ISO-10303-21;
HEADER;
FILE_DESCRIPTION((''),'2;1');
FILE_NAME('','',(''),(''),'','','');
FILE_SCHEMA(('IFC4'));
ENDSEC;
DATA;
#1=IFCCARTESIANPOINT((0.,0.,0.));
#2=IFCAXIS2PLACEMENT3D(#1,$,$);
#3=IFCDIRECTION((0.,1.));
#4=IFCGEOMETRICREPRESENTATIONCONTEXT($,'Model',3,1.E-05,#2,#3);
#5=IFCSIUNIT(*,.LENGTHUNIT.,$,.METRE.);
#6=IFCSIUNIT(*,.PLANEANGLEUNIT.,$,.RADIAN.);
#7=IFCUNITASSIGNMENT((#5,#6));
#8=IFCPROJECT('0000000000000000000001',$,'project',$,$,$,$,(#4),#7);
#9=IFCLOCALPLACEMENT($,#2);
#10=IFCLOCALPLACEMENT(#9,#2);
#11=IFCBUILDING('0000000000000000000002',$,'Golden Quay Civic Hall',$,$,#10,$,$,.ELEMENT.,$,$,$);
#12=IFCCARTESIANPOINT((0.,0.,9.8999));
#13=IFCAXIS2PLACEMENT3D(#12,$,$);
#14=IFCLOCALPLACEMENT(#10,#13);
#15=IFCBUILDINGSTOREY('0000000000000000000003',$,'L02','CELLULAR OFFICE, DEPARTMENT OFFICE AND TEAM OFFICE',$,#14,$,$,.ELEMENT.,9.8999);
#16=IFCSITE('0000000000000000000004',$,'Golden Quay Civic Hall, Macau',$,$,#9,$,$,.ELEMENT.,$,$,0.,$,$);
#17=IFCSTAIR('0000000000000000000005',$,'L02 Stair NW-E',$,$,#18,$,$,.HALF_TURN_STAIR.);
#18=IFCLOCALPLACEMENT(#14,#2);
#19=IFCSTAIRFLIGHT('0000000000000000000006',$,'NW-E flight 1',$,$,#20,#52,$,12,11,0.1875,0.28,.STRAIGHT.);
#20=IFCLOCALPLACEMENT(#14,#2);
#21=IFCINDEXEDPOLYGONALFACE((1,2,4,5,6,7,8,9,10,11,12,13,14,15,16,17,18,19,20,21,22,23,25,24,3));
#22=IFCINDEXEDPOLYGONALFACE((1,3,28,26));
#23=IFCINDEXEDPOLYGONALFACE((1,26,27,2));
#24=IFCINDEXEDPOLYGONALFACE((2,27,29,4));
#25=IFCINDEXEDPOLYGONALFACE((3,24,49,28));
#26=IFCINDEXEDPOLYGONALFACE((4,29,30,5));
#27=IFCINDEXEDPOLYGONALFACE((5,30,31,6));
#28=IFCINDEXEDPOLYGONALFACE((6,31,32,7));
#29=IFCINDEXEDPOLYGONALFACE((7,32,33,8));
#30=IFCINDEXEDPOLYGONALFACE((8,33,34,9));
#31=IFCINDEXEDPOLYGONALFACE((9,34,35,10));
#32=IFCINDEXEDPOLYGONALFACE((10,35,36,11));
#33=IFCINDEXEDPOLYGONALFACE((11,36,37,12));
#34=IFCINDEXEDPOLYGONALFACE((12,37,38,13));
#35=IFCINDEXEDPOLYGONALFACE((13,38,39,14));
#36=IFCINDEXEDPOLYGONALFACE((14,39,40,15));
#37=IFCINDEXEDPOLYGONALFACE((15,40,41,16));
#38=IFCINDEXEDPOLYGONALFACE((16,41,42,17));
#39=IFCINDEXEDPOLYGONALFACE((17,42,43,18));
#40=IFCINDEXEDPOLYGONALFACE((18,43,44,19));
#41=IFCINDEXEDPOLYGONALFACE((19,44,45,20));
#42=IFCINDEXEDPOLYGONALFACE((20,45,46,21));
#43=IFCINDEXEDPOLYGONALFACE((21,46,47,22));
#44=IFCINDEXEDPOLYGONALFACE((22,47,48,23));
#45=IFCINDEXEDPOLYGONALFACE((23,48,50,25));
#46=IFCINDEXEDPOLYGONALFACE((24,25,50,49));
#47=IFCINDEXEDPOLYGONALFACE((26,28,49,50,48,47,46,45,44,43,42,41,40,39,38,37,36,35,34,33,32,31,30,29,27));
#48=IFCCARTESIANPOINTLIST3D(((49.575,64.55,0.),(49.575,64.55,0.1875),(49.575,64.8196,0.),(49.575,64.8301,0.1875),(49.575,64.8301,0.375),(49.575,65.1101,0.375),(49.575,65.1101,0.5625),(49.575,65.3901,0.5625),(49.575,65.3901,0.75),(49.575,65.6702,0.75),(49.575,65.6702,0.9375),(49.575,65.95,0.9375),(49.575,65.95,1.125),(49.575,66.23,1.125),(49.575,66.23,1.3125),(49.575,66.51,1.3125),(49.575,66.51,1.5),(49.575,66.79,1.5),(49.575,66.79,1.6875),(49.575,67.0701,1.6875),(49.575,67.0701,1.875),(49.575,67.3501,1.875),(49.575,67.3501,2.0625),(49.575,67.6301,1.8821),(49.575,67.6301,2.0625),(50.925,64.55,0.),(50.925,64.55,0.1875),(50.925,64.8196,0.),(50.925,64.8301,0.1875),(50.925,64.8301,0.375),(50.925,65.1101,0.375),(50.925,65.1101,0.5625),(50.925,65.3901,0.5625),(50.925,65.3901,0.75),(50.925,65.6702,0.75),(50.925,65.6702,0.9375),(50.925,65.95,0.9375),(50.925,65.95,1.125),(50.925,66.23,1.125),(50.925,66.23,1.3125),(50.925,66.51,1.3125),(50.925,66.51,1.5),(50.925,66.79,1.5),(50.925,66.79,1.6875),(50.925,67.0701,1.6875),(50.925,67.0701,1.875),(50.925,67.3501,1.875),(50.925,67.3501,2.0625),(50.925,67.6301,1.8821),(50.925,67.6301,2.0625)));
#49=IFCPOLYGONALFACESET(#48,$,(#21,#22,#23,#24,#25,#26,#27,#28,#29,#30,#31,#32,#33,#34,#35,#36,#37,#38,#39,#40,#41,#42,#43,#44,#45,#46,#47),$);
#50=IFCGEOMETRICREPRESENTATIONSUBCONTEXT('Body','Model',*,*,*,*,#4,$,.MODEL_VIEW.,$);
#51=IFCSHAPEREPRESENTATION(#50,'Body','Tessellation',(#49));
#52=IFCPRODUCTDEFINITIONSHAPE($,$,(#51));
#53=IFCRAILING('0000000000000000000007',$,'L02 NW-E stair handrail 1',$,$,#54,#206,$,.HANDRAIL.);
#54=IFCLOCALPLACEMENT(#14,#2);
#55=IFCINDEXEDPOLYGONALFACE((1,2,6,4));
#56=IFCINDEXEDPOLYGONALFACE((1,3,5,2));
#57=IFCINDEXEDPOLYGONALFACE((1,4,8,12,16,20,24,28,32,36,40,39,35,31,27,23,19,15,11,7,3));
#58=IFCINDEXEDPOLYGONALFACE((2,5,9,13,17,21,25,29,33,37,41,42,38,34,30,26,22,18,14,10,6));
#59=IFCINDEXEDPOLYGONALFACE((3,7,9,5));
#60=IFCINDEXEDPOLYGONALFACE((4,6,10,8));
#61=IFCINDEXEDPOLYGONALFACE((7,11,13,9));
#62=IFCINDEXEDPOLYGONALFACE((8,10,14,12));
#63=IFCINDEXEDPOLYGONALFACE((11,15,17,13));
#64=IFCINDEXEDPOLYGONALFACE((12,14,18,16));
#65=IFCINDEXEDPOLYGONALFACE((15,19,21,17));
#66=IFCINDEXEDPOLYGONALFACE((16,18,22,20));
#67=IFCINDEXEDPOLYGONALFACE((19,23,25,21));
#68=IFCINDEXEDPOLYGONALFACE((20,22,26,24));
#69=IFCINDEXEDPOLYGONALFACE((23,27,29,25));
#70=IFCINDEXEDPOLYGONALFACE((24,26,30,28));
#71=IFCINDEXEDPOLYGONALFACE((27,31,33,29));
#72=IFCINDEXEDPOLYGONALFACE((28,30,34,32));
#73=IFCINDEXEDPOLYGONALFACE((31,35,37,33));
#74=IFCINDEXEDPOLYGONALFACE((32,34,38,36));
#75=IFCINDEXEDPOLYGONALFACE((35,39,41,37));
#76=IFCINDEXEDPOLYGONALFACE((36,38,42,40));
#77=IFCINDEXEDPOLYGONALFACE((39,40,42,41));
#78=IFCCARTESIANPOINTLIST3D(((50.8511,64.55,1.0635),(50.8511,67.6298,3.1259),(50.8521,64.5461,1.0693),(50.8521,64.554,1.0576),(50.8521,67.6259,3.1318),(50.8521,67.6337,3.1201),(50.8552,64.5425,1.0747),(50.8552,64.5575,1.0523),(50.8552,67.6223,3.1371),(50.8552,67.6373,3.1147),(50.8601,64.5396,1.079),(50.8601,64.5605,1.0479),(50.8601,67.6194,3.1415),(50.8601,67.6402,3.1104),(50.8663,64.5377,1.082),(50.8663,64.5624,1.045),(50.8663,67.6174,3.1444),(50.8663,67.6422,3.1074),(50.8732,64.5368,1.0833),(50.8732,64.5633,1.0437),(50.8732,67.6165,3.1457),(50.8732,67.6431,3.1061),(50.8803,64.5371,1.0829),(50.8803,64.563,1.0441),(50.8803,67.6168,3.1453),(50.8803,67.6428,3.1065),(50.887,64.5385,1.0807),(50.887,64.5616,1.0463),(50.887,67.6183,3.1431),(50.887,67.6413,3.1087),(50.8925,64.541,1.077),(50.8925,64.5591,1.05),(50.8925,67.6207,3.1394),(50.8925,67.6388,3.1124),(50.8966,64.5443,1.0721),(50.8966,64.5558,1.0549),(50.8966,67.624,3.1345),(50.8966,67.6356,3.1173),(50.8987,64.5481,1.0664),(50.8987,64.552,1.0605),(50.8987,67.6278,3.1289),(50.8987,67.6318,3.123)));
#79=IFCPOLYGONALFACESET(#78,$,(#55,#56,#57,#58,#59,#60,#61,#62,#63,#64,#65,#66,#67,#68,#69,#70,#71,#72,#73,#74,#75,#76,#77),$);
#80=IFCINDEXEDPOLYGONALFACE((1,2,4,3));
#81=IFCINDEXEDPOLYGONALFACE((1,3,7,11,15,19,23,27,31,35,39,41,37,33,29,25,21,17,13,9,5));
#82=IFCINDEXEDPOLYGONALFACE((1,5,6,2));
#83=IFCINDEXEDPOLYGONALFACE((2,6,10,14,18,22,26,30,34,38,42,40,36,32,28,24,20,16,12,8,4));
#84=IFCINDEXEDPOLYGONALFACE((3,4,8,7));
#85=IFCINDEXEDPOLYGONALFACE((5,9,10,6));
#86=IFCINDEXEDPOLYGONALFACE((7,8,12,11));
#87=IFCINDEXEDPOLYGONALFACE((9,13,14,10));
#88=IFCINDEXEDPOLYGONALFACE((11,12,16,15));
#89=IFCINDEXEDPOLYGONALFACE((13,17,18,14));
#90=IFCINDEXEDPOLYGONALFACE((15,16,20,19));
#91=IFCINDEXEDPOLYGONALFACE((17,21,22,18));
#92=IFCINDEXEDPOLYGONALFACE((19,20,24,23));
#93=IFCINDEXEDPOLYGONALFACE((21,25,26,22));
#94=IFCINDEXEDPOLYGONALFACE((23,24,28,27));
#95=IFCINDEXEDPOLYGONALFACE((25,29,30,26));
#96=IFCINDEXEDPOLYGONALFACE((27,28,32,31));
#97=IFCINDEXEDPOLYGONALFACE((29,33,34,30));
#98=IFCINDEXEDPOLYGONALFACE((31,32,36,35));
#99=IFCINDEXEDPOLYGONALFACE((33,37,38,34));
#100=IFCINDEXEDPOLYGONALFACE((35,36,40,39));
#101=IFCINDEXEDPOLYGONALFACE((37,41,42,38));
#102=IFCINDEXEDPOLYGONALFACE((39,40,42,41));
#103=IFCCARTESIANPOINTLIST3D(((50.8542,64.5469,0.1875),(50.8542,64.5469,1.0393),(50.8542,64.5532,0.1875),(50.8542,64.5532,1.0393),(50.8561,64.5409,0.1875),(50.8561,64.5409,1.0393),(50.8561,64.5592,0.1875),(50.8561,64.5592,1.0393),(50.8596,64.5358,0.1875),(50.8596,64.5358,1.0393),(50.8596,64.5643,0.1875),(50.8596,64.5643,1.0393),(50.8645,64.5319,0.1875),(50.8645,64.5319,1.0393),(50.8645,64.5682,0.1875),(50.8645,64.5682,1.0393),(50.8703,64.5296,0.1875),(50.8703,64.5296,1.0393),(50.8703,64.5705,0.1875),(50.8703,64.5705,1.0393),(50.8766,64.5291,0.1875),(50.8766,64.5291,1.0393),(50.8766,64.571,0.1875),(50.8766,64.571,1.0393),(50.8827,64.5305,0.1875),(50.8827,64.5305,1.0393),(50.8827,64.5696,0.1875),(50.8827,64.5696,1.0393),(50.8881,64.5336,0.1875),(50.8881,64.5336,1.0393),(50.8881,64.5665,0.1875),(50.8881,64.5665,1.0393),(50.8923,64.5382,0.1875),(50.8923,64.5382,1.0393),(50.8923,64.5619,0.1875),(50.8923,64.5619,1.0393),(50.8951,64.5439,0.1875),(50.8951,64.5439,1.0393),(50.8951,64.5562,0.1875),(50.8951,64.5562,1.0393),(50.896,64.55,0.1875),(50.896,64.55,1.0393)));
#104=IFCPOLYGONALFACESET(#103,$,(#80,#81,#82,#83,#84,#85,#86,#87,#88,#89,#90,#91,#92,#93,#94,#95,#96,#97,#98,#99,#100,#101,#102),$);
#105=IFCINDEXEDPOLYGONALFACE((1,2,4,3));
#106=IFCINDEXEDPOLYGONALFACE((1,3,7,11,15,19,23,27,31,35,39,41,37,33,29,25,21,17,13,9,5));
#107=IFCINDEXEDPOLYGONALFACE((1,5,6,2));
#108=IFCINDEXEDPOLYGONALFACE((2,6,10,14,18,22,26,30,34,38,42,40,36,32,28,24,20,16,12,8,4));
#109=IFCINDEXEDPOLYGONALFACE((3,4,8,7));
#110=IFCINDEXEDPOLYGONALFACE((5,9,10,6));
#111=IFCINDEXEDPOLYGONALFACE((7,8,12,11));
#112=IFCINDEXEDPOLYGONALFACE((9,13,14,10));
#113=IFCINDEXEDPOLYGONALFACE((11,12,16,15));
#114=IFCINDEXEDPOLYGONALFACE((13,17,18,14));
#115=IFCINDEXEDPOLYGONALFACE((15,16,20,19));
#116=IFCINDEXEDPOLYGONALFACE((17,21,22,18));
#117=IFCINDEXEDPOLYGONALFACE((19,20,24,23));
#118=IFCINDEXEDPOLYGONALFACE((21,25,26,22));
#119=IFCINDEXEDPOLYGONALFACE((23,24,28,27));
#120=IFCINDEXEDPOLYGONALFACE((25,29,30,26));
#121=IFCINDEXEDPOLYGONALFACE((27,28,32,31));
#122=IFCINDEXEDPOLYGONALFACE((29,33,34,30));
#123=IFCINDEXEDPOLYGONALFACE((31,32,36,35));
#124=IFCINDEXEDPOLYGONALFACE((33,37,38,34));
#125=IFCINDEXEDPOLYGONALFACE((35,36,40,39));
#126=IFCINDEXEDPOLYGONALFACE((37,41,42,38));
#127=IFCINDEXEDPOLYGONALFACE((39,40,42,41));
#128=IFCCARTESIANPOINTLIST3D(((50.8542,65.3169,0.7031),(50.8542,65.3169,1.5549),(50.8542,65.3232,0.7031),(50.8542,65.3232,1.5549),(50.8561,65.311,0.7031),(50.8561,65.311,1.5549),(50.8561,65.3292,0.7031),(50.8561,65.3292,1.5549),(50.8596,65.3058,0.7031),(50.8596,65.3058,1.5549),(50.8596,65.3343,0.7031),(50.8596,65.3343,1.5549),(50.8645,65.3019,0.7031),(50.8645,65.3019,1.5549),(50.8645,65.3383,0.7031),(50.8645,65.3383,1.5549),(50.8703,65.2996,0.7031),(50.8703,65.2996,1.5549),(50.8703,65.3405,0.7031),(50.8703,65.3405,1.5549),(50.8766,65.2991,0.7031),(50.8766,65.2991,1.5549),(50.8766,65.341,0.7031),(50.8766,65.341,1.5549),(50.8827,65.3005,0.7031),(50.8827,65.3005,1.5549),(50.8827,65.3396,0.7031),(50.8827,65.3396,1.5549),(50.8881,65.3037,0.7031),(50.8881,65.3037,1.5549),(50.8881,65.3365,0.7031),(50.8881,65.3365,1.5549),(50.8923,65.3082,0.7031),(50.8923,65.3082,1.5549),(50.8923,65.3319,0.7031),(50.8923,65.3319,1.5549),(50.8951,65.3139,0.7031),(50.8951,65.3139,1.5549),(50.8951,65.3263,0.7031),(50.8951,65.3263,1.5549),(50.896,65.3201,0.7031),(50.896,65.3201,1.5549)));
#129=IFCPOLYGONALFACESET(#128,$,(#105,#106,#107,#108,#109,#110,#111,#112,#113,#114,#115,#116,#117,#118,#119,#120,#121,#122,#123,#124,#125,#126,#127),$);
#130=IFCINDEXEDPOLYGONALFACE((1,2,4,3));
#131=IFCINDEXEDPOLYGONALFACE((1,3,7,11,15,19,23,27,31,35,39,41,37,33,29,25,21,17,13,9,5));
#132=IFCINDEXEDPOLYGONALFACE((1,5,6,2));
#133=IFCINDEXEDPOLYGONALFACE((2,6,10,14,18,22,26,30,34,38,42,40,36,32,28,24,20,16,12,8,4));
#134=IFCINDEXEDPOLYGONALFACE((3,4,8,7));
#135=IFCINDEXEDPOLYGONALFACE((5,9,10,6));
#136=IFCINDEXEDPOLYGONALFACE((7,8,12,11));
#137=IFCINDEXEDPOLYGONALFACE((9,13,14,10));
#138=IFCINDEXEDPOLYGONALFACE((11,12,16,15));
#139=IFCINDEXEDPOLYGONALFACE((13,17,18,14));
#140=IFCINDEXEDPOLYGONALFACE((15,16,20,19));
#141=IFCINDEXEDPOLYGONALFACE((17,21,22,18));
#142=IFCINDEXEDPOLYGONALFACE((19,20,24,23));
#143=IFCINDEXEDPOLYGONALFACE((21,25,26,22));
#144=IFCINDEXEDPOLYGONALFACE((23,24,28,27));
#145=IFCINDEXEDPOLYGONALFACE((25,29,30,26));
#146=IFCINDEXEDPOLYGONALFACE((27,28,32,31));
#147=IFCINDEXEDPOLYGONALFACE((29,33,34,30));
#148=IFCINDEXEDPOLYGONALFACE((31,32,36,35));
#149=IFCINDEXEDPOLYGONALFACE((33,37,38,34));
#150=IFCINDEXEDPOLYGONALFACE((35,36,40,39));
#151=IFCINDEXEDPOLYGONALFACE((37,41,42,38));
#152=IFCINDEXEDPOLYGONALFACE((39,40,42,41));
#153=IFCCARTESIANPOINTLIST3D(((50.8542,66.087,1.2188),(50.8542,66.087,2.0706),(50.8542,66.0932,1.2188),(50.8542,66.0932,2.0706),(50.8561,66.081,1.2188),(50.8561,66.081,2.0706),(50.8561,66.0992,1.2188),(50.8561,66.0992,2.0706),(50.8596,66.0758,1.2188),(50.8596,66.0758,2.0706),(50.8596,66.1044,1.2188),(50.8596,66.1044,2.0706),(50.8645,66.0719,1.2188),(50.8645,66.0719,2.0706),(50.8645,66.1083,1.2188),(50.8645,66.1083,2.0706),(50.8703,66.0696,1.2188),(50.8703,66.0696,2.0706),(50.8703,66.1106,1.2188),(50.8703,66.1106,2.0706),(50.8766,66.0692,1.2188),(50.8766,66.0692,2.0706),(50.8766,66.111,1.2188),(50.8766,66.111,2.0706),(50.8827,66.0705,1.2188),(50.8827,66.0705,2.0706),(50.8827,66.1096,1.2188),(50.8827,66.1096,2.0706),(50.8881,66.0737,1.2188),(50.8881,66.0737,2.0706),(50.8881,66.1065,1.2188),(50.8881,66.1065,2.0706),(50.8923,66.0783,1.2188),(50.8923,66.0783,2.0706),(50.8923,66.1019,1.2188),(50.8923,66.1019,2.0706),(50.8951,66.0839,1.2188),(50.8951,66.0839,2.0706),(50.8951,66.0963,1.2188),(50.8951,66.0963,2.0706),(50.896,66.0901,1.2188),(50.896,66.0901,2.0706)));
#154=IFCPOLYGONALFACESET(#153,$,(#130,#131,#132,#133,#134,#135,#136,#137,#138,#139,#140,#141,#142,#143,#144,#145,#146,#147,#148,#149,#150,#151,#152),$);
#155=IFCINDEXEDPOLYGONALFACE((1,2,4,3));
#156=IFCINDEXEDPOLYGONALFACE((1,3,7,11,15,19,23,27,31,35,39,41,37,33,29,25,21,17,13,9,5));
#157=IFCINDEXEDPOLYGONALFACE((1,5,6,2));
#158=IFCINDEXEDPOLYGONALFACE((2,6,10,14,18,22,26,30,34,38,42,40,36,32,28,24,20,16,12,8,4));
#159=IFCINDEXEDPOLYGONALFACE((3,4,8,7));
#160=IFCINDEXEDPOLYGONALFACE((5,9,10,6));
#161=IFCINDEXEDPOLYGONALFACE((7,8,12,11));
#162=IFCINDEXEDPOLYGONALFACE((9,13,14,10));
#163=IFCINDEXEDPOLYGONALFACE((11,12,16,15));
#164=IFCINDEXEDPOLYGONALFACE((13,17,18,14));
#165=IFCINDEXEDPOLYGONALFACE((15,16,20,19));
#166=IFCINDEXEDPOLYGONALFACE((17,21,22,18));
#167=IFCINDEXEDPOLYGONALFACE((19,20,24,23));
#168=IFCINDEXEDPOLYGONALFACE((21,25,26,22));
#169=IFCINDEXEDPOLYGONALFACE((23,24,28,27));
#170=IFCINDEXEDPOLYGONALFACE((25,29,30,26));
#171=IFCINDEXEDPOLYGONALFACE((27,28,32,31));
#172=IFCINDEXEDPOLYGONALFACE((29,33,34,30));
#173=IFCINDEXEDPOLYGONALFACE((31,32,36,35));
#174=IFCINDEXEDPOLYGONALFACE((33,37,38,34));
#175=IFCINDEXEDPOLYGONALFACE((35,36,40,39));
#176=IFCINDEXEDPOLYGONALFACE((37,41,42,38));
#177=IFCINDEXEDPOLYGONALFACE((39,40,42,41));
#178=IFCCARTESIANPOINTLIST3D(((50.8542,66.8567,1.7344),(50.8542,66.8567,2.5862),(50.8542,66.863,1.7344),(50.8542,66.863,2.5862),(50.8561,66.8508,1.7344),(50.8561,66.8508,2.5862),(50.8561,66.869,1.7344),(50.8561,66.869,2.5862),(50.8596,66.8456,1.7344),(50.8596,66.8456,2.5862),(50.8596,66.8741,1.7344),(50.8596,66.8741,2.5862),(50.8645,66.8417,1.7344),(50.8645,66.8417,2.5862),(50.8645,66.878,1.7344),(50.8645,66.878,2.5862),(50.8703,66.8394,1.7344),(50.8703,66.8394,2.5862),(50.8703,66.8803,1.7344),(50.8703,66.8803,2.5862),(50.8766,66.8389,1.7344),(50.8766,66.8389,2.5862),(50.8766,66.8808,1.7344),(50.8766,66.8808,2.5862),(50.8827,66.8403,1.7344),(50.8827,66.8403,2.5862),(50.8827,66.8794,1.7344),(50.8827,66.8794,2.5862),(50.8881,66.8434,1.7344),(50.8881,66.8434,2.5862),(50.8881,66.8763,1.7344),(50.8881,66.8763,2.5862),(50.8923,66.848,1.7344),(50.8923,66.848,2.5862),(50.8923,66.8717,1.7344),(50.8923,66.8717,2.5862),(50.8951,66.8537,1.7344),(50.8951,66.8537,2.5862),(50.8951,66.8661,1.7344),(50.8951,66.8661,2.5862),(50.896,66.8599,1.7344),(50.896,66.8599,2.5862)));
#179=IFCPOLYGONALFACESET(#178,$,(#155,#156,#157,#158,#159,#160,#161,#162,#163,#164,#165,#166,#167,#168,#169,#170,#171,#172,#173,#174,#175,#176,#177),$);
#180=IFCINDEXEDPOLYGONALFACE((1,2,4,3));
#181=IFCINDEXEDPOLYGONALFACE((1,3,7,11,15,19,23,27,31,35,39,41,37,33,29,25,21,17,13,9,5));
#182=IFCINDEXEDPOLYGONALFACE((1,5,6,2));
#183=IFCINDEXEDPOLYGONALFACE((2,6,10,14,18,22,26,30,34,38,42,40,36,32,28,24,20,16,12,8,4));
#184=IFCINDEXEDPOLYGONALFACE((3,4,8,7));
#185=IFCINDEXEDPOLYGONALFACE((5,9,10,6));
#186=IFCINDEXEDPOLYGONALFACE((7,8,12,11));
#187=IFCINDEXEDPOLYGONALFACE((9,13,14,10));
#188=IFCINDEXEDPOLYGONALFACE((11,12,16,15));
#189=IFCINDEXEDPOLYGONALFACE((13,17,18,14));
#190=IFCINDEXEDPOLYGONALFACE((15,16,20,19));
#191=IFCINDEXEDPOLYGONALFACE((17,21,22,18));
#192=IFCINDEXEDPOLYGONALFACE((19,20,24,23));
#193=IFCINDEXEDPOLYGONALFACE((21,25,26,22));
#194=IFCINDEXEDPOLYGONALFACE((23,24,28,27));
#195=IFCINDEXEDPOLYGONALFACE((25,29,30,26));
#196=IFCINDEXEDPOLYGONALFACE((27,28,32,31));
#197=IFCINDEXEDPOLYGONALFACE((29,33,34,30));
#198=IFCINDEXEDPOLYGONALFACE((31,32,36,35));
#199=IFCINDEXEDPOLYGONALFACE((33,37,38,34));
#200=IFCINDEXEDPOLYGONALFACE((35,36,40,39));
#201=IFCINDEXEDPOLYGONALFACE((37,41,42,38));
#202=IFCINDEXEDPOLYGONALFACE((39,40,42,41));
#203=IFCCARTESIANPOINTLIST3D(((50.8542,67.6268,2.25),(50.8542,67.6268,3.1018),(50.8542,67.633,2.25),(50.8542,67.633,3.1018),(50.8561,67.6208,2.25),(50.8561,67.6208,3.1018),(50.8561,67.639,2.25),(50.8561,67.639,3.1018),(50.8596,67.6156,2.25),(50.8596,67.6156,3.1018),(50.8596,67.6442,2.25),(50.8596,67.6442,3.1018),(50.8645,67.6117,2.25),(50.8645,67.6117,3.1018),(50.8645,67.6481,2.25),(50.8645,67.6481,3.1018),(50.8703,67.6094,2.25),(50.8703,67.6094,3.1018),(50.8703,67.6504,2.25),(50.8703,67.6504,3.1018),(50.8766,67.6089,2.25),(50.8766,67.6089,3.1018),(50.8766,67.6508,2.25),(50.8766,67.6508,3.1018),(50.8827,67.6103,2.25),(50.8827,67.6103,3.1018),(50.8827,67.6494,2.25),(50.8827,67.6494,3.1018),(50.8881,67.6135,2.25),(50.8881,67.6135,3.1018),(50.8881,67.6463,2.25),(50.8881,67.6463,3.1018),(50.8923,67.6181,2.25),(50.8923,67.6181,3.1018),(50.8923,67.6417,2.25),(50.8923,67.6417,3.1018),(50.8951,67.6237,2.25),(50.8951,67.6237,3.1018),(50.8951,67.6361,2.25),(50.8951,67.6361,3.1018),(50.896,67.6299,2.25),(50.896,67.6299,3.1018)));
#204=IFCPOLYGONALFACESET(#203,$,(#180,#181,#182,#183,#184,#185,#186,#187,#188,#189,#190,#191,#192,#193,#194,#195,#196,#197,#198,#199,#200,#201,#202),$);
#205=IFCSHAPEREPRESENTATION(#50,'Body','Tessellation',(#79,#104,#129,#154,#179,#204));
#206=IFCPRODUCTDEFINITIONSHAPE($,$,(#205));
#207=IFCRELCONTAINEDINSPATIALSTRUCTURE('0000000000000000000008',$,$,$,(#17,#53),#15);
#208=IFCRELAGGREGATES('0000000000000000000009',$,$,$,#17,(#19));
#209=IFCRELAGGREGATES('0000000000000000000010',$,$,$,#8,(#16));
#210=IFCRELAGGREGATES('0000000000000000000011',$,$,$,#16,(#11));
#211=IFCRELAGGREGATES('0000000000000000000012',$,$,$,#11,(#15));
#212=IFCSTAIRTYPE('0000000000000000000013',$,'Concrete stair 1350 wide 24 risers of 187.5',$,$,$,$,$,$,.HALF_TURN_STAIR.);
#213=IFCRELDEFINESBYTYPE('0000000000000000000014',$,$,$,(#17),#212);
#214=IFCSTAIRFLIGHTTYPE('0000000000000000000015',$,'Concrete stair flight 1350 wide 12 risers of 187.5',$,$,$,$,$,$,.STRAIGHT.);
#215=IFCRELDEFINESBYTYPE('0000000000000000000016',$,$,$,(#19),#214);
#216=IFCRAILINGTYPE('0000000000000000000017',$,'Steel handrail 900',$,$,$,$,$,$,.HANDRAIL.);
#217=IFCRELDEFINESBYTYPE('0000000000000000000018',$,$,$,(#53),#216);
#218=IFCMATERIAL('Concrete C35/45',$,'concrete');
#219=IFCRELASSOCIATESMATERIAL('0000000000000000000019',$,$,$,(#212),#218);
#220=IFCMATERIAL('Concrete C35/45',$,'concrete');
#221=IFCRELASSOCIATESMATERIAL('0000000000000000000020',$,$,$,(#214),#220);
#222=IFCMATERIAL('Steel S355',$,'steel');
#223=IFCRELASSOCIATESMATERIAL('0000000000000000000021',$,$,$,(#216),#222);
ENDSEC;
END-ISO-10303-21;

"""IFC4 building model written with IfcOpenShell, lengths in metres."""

from ifc_helpers import new_model, si_unit, direction, frame, origin, origin_2d, place, context, subcontext, project, spatial, polyline, circle, outline, extrude, material, type_object, element, aggregate, save


model = new_model("IFC4")

# Units and contexts
model_context = context("Model", 3, precision=1e-05, world=origin(), true_north=direction((0.0, 1.0)))
body_context = subcontext(model_context, "Body", "Model", "MODEL_VIEW")
ifc_project = project(units=[si_unit("LENGTHUNIT", "METRE"), si_unit("PLANEANGLEUNIT", "RADIAN")], contexts=[model_context])

# Site, building, storey
site_placement = place(None, origin())
site = spatial("IfcSite", under=ifc_project, at=site_placement, Name="Golden Quay Civic Hall, Macau", CompositionType="ELEMENT", RefElevation=0.0)
building_placement = place(site_placement, origin())
building = spatial("IfcBuilding", under=site, at=building_placement, Name="Golden Quay Civic Hall", CompositionType="ELEMENT")
storey_placement = place(building_placement, frame((0.0, 0.0, 9.8999)))
storey = spatial("IfcBuildingStorey", under=building, at=storey_placement, Name="L02", Description="CELLULAR OFFICE, DEPARTMENT OFFICE AND TEAM OFFICE", CompositionType="ELEMENT", Elevation=9.8999)

# Stair, stair flight
ifc_material_1 = material(Name="Concrete C35/45", Category="concrete")
stair_type = type_object("IfcStairType", Name="Concrete stair 1350 wide 24 risers of 187.5", PredefinedType="HALF_TURN_STAIR", material=ifc_material_1)
stair_placement = place(storey_placement, origin())
stair = element("IfcStair", 1, at=stair_placement, inside=storey, type_object=stair_type, Name="L02 Stair NW-E", PredefinedType="HALF_TURN_STAIR")
ifc_material_2 = material(Name="Concrete C35/45", Category="concrete")
stair_flight_type = type_object("IfcStairFlightType", Name="Concrete stair flight 1350 wide 12 risers of 187.5", PredefinedType="STRAIGHT", material=ifc_material_2)
stair_flight_placement = place(storey_placement, frame((50.25, 64.55, 0.0), z_axis=(0.0, 0.0, 1.0), x_axis=(0.0, 1.0, 0.0)))
stair_flight = element("IfcStairFlight", 2, at=stair_flight_placement, type_object=stair_flight_type, Name="NW-E flight 1", NumberOfRisers=12, NumberOfTreads=11, PredefinedType="STRAIGHT", RiserHeight=0.1875, TreadLength=0.28, context=body_context, shape_type="SweptSolid", body=[
    extrude(outline(polyline([(0.0, 0.0), (0.0, 0.1875), (0.28, 0.1875), (0.28, 0.375), (0.5601, 0.375), (0.5601, 0.5625), (0.8401, 0.5625), (0.8401, 0.75), (1.1201, 0.75), (1.1201, 0.9375), (1.3999, 0.9375), (1.3999, 1.125), (1.6799, 1.125), (1.6799, 1.3125), (1.96, 1.3125), (1.96, 1.5), (2.24, 1.5), (2.24, 1.6875), (2.52, 1.6875), (2.52, 1.875), (2.8, 1.875), (2.8, 2.0625), (3.0801, 2.0625), (3.0801, 2.25), (3.0801, 1.8821), (0.2695, 0.0), (0.0, 0.0)])), frame((0.0, 0.675, 0.0), z_axis=(0.0, -1.0, 0.0), x_axis=(1.0, 0.0, 0.0)), (0.0, 0.0, 1.0), 1.35),
])
aggregate(stair, [stair_flight])

# Railing
ifc_material_3 = material(Name="Steel S355", Category="steel")
railing_type = type_object("IfcRailingType", Name="Steel handrail 900", PredefinedType="HANDRAIL", material=ifc_material_3)
railing_placement = place(storey_placement, frame((50.875, 64.55, 0.1875)))
element("IfcRailing", 3, at=railing_placement, inside=storey, type_object=railing_type, Name="L02 NW-E stair handrail 1", PredefinedType="HANDRAIL", context=body_context, shape_type="SweptSolid", body=[
    extrude(circle(Radius=0.0239, at=origin_2d()), frame((0.0, 0.0, 0.876), z_axis=(0.0, 0.830893, 0.556432), x_axis=(-1.0, 0.0, 0.0)), (0.0, 0.0, 1.0), 3.7065),
    extrude(circle(Radius=0.021, at=origin_2d()), origin(), (0.0, 0.0, 1.0), 0.8518),
    extrude(circle(Radius=0.021, at=origin_2d()), frame((0.0, 0.77, 0.5156)), (0.0, 0.0, 1.0), 0.8518),
    extrude(circle(Radius=0.021, at=origin_2d()), frame((0.0, 1.54, 1.0312)), (0.0, 0.0, 1.0), 0.8518),
    extrude(circle(Radius=0.021, at=origin_2d()), frame((0.0, 2.3098, 1.5469)), (0.0, 0.0, 1.0), 0.8518),
    extrude(circle(Radius=0.021, at=origin_2d()), frame((0.0, 3.0798, 2.0625)), (0.0, 0.0, 1.0), 0.8518),
])

save(model, "model.ifc")
